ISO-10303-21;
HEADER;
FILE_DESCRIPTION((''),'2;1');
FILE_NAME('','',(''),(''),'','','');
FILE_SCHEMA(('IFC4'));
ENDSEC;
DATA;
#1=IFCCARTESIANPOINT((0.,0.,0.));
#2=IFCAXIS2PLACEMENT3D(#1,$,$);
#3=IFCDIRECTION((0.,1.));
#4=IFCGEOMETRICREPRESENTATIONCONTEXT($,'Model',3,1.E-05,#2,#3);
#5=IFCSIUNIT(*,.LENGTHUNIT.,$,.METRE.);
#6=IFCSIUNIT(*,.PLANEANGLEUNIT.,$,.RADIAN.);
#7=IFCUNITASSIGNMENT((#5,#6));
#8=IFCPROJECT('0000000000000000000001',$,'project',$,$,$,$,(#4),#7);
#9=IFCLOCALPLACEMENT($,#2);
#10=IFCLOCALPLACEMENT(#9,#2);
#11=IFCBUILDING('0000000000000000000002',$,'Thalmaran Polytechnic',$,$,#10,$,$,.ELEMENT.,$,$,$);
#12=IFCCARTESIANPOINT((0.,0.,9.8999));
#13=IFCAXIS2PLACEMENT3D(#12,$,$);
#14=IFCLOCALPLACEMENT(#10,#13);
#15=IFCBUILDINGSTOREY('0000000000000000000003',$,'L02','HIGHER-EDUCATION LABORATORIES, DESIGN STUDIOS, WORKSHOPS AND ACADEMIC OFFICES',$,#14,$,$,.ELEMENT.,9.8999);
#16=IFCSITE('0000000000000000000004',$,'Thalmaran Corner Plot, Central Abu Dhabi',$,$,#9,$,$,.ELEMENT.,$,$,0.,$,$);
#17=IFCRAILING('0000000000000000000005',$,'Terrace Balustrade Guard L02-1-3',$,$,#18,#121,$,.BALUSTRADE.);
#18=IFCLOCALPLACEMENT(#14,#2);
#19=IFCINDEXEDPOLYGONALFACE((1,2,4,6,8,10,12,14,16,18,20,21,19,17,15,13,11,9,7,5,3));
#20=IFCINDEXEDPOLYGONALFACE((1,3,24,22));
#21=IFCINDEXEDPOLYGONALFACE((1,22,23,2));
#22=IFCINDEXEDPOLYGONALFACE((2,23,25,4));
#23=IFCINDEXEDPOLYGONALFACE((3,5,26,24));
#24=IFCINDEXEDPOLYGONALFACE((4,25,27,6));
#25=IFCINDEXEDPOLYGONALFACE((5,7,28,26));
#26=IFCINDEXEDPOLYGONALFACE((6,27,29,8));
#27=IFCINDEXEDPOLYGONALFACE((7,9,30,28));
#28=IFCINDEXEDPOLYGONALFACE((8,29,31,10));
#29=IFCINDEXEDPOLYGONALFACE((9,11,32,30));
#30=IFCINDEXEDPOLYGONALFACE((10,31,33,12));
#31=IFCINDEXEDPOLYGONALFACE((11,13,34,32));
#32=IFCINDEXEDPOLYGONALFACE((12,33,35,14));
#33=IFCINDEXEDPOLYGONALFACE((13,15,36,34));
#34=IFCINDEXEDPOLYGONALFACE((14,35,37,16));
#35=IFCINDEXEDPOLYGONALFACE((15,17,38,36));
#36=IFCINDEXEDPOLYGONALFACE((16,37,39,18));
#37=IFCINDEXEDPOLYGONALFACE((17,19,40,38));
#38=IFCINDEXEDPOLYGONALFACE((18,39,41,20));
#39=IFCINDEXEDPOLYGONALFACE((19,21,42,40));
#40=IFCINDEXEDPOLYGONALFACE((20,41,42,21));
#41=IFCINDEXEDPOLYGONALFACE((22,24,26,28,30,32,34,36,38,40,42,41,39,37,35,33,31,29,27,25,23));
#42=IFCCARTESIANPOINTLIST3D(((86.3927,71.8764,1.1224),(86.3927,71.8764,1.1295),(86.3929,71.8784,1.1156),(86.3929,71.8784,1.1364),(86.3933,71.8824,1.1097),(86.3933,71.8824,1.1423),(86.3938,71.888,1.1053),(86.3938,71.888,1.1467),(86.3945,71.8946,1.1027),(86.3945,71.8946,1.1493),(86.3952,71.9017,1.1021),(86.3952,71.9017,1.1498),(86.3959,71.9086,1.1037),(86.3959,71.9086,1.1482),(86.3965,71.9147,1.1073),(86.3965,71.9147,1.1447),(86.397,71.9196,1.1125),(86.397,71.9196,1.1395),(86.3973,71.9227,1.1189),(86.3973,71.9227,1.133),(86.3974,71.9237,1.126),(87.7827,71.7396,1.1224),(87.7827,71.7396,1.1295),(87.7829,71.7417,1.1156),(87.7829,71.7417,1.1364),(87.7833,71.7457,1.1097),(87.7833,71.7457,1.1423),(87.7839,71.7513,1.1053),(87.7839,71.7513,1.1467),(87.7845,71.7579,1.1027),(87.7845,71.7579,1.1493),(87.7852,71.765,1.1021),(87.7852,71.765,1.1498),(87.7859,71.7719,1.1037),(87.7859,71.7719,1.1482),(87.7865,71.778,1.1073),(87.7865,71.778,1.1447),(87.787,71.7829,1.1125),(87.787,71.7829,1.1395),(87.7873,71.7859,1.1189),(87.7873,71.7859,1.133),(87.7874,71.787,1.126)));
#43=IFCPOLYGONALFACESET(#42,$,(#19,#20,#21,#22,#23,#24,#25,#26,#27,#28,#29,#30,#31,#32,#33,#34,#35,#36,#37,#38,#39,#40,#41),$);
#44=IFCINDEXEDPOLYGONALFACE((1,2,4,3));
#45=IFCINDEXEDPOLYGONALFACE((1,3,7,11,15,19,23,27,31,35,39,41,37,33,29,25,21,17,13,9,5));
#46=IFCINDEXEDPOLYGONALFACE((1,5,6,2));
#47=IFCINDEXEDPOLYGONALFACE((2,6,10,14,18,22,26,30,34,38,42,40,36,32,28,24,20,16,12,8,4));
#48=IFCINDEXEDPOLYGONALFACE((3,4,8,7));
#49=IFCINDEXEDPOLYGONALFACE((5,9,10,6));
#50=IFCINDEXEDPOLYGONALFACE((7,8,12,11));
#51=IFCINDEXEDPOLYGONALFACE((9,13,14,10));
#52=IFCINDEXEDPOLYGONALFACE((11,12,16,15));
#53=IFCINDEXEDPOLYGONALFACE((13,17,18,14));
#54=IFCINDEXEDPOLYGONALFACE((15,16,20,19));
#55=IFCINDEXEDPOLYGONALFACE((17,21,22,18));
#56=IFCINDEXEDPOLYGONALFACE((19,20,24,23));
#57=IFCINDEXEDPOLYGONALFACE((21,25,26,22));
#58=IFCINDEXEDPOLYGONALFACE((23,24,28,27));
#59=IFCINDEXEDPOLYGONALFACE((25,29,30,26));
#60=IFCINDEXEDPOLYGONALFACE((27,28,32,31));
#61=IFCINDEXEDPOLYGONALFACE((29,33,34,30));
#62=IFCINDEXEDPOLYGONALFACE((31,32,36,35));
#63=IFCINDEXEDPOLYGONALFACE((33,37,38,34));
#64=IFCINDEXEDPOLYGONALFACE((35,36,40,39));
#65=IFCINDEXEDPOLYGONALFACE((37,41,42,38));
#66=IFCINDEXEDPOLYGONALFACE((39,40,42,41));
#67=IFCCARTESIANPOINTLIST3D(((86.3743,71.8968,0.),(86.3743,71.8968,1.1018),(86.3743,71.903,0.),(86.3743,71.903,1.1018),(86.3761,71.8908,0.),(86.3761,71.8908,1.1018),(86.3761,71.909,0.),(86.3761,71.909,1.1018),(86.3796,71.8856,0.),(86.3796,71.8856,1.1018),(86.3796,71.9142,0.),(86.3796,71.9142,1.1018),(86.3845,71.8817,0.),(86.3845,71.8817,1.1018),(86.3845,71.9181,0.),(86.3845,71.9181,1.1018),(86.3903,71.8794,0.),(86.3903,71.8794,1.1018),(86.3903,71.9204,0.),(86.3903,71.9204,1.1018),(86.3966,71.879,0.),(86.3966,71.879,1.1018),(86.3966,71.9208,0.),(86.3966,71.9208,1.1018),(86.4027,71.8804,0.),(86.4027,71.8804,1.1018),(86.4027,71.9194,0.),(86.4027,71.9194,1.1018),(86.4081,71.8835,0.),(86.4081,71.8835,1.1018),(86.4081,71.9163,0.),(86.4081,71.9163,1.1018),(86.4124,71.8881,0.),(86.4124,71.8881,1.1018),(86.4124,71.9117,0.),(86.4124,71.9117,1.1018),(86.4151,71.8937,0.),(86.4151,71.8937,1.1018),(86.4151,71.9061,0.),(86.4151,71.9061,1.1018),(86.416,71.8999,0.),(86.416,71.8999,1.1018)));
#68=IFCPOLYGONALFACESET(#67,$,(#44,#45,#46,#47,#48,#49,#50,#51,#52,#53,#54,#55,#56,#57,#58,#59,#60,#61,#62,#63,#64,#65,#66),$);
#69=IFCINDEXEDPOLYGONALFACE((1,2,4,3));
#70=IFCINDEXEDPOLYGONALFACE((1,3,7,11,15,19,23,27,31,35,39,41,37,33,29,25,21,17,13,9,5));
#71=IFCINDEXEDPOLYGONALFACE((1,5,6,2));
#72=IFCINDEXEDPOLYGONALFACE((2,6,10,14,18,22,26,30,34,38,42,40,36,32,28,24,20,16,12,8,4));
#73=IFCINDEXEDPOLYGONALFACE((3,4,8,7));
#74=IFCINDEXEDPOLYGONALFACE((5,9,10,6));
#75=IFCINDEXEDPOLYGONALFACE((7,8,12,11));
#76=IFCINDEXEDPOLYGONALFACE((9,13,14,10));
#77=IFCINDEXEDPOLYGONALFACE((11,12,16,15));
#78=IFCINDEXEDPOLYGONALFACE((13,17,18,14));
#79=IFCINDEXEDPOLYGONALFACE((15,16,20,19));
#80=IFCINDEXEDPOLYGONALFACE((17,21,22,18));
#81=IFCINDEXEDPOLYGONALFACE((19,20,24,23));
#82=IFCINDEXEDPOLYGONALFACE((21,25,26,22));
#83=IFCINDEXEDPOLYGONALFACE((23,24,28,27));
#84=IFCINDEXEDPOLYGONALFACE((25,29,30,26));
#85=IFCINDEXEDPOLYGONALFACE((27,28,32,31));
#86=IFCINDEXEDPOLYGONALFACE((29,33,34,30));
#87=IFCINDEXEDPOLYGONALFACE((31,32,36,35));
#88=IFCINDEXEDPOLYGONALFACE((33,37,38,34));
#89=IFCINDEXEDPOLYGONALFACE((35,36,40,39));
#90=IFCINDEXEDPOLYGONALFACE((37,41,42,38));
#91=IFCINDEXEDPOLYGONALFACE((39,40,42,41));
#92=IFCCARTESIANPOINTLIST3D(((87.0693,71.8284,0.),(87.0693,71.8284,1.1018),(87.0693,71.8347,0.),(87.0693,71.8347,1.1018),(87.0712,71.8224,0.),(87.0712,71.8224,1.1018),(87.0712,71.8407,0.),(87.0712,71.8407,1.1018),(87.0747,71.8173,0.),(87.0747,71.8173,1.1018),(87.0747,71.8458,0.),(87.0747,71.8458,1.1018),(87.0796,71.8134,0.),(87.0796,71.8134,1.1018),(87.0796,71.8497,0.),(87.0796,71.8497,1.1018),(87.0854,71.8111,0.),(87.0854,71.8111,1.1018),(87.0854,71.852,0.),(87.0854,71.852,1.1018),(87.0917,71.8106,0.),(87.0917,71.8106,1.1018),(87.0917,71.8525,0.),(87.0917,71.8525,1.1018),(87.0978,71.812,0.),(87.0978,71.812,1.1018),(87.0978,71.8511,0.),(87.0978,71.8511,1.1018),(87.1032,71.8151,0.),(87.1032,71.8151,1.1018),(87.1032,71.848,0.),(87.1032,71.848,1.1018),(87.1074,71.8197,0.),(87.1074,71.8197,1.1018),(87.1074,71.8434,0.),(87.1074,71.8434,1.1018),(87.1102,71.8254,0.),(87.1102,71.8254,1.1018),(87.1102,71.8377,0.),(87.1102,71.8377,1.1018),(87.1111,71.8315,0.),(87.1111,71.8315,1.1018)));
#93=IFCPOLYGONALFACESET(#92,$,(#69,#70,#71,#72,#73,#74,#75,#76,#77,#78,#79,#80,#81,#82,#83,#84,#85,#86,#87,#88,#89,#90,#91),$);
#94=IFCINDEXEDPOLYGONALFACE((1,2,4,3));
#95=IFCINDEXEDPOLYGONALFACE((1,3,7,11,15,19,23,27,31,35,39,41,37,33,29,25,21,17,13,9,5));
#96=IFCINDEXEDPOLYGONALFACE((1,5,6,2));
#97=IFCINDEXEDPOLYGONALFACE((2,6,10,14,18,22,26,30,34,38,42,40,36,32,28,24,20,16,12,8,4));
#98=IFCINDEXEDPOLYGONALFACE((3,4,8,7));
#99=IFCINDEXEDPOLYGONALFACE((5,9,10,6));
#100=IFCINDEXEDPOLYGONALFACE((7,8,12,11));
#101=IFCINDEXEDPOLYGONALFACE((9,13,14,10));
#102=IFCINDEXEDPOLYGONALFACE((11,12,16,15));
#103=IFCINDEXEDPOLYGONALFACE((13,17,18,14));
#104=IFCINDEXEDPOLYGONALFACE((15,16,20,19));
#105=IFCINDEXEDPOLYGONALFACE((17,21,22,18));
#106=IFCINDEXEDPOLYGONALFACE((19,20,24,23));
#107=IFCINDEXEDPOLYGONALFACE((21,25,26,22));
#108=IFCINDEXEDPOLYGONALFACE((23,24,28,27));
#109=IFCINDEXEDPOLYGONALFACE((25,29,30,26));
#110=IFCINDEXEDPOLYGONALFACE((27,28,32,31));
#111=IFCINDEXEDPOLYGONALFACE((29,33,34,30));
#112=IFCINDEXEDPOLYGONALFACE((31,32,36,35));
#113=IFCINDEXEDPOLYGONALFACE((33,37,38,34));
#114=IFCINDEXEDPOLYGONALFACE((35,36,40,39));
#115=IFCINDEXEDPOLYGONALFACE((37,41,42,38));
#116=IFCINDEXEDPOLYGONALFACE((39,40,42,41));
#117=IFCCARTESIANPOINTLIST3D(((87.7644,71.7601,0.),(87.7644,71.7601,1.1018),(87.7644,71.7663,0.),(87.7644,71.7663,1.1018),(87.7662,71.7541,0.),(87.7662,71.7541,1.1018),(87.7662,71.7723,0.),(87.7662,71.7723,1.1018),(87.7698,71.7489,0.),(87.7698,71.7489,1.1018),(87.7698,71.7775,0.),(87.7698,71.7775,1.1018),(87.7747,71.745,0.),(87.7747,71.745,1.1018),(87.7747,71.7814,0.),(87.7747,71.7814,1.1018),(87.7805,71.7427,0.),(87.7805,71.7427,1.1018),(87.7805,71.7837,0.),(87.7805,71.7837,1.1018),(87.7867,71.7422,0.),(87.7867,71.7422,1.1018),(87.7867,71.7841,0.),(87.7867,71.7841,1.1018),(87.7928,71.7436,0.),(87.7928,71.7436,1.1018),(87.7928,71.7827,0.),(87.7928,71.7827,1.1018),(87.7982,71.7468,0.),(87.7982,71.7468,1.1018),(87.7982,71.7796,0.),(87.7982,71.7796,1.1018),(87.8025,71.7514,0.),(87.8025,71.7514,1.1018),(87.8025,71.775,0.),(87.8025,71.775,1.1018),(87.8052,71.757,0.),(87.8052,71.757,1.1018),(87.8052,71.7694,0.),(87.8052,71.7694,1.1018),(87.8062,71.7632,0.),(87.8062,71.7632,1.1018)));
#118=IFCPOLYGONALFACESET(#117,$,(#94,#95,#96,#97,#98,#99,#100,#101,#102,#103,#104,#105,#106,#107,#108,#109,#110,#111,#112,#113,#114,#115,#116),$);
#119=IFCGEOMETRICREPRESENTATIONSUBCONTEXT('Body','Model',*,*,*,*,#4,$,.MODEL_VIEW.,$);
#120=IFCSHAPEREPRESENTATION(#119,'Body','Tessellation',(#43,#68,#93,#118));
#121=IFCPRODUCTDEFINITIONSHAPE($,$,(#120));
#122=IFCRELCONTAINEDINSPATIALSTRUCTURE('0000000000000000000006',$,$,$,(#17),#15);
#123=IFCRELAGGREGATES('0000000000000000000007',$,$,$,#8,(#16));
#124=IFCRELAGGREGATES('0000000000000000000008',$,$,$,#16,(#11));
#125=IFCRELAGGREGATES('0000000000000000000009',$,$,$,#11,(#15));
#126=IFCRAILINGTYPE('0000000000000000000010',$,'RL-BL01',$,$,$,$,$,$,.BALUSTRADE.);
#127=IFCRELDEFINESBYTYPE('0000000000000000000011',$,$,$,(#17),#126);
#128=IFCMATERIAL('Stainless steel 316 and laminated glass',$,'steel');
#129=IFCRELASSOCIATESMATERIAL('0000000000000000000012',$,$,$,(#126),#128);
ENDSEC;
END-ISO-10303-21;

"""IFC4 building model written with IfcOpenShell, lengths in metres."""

from ifc_helpers import new_model, si_unit, direction, frame, origin, origin_2d, place, context, subcontext, project, spatial, circle, extrude, material, type_object, element, save


model = new_model("IFC4")

# Units and contexts
model_context = context("Model", 3, precision=1e-05, world=origin(), true_north=direction((0.0, 1.0)))
body_context = subcontext(model_context, "Body", "Model", "MODEL_VIEW")
ifc_project = project(units=[si_unit("LENGTHUNIT", "METRE"), si_unit("PLANEANGLEUNIT", "RADIAN")], contexts=[model_context])

# Site, building, storey
site_placement = place(None, origin())
site = spatial("IfcSite", under=ifc_project, at=site_placement, Name="Thalmaran Corner Plot, Central Abu Dhabi", CompositionType="ELEMENT", RefElevation=0.0)
building_placement = place(site_placement, origin())
building = spatial("IfcBuilding", under=site, at=building_placement, Name="Thalmaran Polytechnic", CompositionType="ELEMENT")
storey_placement = place(building_placement, frame((0.0, 0.0, 9.8999)))
storey = spatial("IfcBuildingStorey", under=building, at=storey_placement, Name="L02", Description="HIGHER-EDUCATION LABORATORIES, DESIGN STUDIOS, WORKSHOPS AND ACADEMIC OFFICES", CompositionType="ELEMENT", Elevation=9.8999)

# Railing
ifc_material = material(Name="Stainless steel 316 and laminated glass", Category="steel")
railing_type = type_object("IfcRailingType", Name="RL-BL01", PredefinedType="BALUSTRADE", material=ifc_material)
railing_1_placement = place(storey_placement, frame((86.395, 71.8999, 0.0)))
element("IfcRailing", 1, at=railing_1_placement, inside=storey, type_object=railing_type, Name="Terrace Balustrade Guard L02-1-3", PredefinedType="BALUSTRADE", context=body_context, shape_type="SweptSolid", body=[
    extrude(circle(Radius=0.0239, at=origin_2d()), frame((0.0, 0.0, 1.126), z_axis=(0.995199, -0.097877, 0.0), x_axis=(0.097877, 0.995199, 0.0)), (0.0, 0.0, 1.0), 1.3967),
    extrude(circle(Radius=0.021, at=origin_2d()), origin(), (0.0, 0.0, 1.0), 1.1018),
    extrude(circle(Radius=0.021, at=origin_2d()), frame((0.6951, -0.0684, 0.0)), (0.0, 0.0, 1.0), 1.1018),
    extrude(circle(Radius=0.021, at=origin_2d()), frame((1.3901, -0.1367, 0.0)), (0.0, 0.0, 1.0), 1.1018),
])

save(model, "model.ifc")
